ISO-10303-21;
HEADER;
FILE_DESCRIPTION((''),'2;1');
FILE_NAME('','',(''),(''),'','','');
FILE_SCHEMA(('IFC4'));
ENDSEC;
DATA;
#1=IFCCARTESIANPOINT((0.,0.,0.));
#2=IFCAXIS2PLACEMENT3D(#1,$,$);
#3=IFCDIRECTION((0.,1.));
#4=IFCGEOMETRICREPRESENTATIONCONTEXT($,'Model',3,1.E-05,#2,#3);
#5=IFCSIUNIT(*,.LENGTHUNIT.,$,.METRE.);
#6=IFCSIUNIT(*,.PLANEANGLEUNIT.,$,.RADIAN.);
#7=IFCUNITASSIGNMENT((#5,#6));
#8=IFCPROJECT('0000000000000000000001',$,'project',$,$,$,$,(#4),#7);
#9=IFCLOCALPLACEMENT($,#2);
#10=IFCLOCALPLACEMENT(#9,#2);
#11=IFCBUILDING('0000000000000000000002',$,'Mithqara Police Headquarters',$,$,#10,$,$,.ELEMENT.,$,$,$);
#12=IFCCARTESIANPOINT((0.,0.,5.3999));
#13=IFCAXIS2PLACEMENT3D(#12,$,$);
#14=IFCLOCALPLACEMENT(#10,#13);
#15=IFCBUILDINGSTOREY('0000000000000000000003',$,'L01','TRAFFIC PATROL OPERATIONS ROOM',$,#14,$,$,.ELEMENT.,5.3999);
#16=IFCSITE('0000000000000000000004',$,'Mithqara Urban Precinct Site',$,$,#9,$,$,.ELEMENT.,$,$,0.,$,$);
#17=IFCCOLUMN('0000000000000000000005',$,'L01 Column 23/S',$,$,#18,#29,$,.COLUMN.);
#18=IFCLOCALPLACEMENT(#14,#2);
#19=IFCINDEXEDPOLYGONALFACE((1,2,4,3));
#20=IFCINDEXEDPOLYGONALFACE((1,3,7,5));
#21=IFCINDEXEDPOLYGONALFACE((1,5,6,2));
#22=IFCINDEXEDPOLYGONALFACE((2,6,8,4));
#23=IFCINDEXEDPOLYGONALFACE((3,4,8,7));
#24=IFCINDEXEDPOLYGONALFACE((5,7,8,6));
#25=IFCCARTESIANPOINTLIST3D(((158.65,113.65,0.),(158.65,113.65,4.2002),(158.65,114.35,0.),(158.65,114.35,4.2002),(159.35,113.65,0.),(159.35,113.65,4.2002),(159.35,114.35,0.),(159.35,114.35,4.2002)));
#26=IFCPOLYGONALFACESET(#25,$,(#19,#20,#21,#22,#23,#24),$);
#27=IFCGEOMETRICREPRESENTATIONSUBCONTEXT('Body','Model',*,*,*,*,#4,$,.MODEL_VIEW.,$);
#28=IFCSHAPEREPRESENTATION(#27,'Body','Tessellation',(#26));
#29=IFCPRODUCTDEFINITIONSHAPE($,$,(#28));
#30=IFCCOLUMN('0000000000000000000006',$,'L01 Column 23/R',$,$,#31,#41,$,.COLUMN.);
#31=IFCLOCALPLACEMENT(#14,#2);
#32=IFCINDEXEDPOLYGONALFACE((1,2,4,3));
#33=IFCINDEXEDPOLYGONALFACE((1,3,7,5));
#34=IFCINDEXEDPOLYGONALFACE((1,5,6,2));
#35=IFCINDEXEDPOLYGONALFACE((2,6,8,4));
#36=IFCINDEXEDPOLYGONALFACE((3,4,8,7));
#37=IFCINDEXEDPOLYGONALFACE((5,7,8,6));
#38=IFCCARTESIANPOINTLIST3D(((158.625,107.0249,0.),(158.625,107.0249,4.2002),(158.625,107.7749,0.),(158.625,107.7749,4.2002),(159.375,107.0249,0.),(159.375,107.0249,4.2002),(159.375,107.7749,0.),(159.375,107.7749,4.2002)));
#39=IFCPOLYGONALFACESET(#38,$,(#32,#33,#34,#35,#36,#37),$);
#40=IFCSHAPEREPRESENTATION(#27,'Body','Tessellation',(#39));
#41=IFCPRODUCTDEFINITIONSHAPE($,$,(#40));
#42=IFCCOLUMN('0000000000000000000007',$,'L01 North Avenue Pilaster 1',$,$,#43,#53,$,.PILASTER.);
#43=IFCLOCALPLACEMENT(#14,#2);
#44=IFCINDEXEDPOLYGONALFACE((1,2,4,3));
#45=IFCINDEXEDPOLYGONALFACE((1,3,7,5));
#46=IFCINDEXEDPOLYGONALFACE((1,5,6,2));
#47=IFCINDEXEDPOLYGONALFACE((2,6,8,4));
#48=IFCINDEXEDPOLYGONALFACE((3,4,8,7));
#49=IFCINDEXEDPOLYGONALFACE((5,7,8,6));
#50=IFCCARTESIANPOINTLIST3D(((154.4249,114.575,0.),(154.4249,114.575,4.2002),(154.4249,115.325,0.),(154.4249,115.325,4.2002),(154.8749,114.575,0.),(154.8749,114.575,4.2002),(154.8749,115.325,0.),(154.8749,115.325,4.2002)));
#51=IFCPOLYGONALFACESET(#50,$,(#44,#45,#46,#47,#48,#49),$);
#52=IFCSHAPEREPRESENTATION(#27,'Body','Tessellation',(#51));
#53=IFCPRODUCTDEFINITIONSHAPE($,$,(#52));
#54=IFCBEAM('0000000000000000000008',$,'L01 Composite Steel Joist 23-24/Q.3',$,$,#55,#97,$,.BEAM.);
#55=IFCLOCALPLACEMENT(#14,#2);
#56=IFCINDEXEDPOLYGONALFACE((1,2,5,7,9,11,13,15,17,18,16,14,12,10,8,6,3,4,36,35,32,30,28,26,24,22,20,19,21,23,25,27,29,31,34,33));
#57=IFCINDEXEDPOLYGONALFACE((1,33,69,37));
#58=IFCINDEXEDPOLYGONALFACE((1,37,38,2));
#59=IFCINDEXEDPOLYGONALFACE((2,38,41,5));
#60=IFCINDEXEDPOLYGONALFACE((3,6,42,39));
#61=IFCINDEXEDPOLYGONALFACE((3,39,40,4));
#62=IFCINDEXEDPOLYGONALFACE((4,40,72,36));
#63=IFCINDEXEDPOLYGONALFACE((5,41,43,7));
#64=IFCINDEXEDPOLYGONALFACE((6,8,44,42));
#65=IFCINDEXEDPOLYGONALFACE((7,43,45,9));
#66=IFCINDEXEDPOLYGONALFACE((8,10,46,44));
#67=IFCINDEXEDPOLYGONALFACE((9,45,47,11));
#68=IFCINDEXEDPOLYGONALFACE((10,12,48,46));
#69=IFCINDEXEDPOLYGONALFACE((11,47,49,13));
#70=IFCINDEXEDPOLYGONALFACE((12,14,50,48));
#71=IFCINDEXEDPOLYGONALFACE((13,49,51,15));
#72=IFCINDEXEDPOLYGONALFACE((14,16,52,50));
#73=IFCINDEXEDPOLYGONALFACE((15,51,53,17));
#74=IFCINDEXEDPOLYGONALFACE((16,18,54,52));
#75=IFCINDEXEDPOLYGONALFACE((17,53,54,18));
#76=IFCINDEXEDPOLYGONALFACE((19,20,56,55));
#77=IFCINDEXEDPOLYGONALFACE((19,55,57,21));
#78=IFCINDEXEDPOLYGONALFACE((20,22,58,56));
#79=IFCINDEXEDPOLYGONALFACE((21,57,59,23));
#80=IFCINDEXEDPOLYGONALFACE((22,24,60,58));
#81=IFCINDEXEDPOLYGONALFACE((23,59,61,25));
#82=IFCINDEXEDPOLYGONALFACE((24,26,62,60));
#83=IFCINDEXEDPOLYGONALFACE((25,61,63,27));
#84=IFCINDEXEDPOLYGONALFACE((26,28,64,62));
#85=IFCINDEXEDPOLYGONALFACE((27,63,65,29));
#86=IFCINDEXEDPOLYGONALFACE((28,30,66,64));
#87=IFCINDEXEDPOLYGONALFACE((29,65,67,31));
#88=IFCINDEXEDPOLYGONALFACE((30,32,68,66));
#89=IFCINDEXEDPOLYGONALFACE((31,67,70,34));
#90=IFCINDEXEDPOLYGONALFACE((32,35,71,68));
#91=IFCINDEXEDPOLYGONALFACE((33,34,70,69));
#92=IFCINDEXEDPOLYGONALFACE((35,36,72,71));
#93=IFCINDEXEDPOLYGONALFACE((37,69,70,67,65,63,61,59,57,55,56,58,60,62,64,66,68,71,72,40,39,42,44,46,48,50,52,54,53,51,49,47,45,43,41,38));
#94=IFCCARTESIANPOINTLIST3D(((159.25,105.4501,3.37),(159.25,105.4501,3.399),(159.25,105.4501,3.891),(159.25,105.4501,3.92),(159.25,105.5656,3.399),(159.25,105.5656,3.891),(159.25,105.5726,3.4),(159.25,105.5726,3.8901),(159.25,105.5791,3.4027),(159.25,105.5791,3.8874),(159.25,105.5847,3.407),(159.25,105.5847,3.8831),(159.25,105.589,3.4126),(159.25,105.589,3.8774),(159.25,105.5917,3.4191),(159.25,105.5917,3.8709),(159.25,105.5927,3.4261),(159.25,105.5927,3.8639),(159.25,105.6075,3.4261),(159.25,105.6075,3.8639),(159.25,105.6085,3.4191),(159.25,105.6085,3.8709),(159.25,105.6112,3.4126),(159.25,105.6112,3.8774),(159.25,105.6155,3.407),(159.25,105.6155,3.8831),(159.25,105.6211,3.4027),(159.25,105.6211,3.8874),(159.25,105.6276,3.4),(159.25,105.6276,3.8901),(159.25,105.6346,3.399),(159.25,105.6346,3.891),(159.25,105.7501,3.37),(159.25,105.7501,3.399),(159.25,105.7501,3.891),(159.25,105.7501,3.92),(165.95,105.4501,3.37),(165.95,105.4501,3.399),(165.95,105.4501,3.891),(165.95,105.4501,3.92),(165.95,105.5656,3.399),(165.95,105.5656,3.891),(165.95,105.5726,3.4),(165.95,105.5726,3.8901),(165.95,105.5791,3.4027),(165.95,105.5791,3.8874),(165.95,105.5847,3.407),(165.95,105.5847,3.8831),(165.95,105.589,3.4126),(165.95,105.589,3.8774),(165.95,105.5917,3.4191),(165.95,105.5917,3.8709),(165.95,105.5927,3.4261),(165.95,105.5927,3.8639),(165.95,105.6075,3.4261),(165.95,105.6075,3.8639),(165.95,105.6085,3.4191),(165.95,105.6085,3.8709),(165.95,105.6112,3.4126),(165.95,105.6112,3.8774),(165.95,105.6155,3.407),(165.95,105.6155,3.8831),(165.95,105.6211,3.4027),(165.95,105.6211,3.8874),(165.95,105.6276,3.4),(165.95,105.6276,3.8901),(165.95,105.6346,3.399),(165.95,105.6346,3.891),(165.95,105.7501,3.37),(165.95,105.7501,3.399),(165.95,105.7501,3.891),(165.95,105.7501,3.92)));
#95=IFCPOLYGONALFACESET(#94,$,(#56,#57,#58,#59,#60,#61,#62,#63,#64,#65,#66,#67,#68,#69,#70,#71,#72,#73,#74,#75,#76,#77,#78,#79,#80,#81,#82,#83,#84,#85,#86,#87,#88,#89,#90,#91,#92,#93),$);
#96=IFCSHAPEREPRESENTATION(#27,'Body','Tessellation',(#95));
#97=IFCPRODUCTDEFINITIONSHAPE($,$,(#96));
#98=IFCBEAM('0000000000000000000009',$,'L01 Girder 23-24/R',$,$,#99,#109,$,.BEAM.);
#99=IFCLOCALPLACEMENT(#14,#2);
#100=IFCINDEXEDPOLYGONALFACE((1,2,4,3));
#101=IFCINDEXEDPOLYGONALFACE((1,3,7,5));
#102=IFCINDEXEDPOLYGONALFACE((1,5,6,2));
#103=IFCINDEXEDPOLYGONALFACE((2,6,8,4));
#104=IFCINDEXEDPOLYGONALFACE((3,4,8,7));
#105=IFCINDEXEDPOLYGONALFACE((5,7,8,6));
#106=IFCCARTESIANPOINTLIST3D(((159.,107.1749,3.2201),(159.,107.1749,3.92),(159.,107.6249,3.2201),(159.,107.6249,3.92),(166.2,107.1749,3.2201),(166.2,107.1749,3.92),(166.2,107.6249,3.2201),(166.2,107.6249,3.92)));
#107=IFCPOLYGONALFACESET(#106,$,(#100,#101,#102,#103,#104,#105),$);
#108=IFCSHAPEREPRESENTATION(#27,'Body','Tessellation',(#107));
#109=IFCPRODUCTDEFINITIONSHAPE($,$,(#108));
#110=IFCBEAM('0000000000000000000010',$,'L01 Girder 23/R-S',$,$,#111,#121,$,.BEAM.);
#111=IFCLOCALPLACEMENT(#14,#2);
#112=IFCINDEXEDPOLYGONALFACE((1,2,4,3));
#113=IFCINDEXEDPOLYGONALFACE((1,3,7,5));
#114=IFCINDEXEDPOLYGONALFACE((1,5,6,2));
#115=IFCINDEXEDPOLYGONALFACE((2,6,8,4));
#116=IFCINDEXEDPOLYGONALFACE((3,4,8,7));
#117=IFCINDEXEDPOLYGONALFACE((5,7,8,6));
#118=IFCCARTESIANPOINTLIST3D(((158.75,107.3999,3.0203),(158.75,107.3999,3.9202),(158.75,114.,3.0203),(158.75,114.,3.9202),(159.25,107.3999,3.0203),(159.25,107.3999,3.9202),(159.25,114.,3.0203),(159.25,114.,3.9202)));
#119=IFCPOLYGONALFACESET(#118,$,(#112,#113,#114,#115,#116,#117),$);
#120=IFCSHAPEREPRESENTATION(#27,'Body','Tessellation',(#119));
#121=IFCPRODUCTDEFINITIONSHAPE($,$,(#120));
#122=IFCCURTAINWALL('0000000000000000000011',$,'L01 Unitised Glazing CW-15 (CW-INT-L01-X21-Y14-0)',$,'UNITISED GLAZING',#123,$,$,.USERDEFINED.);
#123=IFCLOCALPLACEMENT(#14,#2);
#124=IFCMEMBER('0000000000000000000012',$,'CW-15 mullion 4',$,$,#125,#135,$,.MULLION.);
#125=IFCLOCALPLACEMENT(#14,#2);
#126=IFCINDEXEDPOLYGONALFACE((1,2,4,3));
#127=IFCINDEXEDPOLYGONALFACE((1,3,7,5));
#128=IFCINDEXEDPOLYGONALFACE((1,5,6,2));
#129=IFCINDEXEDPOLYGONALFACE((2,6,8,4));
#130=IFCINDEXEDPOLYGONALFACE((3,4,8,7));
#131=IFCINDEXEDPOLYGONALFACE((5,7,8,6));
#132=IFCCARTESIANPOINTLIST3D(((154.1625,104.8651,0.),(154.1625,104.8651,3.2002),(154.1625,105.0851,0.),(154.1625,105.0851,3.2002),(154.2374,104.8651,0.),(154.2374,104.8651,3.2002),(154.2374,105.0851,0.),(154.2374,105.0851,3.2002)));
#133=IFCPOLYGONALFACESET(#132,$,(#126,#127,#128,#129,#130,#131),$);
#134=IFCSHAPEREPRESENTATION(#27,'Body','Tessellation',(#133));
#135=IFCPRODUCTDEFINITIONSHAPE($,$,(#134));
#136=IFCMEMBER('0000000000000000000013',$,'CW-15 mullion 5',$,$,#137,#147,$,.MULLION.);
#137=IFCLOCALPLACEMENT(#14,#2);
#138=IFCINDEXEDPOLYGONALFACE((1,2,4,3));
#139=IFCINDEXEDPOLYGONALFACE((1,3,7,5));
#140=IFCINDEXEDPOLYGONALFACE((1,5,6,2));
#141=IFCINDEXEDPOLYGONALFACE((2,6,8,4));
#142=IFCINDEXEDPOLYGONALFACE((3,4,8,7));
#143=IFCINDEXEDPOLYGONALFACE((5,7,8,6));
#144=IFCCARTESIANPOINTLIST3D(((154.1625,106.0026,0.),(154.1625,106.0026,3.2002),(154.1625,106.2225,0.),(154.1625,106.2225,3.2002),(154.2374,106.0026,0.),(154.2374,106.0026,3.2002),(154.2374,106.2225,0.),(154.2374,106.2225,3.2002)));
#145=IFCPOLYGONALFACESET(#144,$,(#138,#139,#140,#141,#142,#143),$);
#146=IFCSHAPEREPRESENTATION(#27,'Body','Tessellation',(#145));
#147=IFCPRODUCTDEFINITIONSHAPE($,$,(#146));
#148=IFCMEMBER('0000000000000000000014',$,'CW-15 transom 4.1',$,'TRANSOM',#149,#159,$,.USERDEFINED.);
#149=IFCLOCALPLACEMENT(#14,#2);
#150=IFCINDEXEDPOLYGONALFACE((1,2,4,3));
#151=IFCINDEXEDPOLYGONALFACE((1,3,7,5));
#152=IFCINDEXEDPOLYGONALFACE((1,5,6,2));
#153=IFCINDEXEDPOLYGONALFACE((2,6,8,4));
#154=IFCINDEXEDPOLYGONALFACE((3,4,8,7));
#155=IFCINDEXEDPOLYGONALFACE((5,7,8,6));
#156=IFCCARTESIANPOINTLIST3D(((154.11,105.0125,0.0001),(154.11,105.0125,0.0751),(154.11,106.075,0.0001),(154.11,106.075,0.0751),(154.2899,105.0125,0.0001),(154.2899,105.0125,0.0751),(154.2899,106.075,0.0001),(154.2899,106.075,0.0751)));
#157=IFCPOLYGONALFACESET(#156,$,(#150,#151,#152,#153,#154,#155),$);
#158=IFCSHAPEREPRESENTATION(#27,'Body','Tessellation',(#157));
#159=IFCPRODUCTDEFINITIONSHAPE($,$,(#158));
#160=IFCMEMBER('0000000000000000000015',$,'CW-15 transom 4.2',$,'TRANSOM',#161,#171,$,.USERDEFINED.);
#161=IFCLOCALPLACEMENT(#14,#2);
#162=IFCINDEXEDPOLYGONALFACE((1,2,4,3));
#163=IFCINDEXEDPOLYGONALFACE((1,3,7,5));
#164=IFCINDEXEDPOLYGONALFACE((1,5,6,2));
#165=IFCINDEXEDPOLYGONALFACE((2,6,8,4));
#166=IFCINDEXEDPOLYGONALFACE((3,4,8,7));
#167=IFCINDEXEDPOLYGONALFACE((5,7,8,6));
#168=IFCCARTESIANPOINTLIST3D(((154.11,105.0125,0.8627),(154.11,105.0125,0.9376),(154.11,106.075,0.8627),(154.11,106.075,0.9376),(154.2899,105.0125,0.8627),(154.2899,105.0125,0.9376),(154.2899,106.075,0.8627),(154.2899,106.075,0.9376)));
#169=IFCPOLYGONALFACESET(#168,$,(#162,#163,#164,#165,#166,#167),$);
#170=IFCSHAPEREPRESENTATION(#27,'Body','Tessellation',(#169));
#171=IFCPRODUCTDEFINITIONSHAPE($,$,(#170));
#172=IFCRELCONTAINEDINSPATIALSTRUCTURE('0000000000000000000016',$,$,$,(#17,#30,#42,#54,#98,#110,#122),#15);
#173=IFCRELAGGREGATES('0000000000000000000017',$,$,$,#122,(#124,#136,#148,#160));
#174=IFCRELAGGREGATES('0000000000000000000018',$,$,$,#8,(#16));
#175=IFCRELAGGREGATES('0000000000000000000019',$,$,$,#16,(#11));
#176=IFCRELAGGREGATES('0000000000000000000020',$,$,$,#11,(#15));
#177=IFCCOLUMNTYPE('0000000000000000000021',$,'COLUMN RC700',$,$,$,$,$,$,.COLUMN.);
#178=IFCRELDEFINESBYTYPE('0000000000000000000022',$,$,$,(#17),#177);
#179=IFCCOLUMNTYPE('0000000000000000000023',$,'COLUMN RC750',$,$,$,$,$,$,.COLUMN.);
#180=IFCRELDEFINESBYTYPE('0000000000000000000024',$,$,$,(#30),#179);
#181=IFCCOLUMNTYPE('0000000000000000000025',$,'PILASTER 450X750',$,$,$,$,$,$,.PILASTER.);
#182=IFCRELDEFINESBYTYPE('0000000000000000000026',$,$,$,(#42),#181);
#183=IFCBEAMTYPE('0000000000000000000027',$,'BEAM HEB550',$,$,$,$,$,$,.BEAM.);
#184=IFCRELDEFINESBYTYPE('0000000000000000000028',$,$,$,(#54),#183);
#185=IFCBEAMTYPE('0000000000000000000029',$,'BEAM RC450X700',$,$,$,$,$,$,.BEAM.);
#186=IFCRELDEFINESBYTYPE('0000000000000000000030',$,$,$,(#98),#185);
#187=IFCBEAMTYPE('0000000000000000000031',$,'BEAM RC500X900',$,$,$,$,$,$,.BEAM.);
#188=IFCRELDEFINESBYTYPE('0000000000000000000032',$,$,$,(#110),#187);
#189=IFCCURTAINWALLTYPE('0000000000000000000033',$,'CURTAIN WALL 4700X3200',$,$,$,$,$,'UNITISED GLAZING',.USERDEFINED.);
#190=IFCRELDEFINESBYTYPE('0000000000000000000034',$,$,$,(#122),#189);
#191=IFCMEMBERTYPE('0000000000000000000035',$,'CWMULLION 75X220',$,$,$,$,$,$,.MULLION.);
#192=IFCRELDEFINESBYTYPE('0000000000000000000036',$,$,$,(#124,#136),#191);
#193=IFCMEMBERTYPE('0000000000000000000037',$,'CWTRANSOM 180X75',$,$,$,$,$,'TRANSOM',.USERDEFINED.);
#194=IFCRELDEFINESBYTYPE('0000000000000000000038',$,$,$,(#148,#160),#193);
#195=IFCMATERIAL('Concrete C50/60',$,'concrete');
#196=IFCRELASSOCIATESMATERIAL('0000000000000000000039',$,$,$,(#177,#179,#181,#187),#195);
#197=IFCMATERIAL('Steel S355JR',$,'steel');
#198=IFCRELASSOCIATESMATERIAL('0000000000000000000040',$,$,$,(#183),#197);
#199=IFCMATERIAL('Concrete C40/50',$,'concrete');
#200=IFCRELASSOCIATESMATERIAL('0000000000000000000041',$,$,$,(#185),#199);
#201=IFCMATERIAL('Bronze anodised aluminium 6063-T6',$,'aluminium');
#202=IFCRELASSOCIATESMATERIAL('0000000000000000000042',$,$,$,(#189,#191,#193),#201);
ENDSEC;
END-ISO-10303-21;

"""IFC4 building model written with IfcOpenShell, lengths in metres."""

from ifc_helpers import new_model, si_unit, direction, frame, origin, origin_2d, place, context, subcontext, project, spatial, rectangle, i_section, extrude, material, material_profile, profile_set, type_object, element, aggregate, save


model = new_model("IFC4")

# Units and contexts
model_context = context("Model", 3, precision=1e-05, world=origin(), true_north=direction((0.0, 1.0)))
body_context = subcontext(model_context, "Body", "Model", "MODEL_VIEW")
ifc_project = project(units=[si_unit("LENGTHUNIT", "METRE"), si_unit("PLANEANGLEUNIT", "RADIAN")], contexts=[model_context])

# Site, building, storey
site_placement = place(None, origin())
site = spatial("IfcSite", under=ifc_project, at=site_placement, Name="Mithqara Urban Precinct Site", CompositionType="ELEMENT", RefElevation=0.0)
building_placement = place(site_placement, origin())
building = spatial("IfcBuilding", under=site, at=building_placement, Name="Mithqara Police Headquarters", CompositionType="ELEMENT")
storey_placement = place(building_placement, frame((0.0, 0.0, 5.3999)))
storey = spatial("IfcBuildingStorey", under=building, at=storey_placement, Name="L01", Description="TRAFFIC PATROL OPERATIONS ROOM", CompositionType="ELEMENT", Elevation=5.3999)

# Columns
ifc_material_1 = material(Name="Concrete C50/60", Category="concrete")
ifc_material_profile_1 = material_profile(ifc_material_1, rectangle(XDim=0.7, YDim=0.7, at=origin_2d()), Name="RC 700x700")
ifc_profile_set_1 = profile_set([ifc_material_profile_1], Name="Concrete C50/60")
column_type_1 = type_object("IfcColumnType", Name="COLUMN RC700", PredefinedType="COLUMN", material=ifc_profile_set_1)
column_1_placement = place(storey_placement, frame((159.0, 114.0, 0.0), z_axis=(0.0, 0.0, 1.0), x_axis=(1.0, 0.0, 0.0)))
element("IfcColumn", 1, at=column_1_placement, inside=storey, type_object=column_type_1, Name="L01 Column 23/S", PredefinedType="COLUMN", context=body_context, shape_type="SweptSolid", body=[
    extrude(rectangle(XDim=0.7, YDim=0.7, at=origin_2d()), origin(), (0.0, 0.0, 1.0), 4.2002),
])
ifc_material_profile_2 = material_profile(ifc_material_1, rectangle(XDim=0.75, YDim=0.75, at=origin_2d()), Name="RC 750x750")
ifc_profile_set_2 = profile_set([ifc_material_profile_2], Name="Concrete C50/60")
column_type_2 = type_object("IfcColumnType", Name="COLUMN RC750", PredefinedType="COLUMN", material=ifc_profile_set_2)
column_2_placement = place(storey_placement, frame((159.0, 107.3999, 0.0), z_axis=(0.0, 0.0, 1.0), x_axis=(1.0, 0.0, 0.0)))
element("IfcColumn", 2, at=column_2_placement, inside=storey, type_object=column_type_2, Name="L01 Column 23/R", PredefinedType="COLUMN", context=body_context, shape_type="SweptSolid", body=[
    extrude(rectangle(XDim=0.75, YDim=0.75, at=origin_2d()), origin(), (0.0, 0.0, 1.0), 4.2002),
])
ifc_material_profile_3 = material_profile(ifc_material_1, rectangle(XDim=0.45, YDim=0.75, at=origin_2d()), Name="PIL 450x750")
ifc_profile_set_3 = profile_set([ifc_material_profile_3], Name="Concrete C50/60")
column_type_3 = type_object("IfcColumnType", Name="PILASTER 450X750", PredefinedType="PILASTER", material=ifc_profile_set_3)
column_3_placement = place(storey_placement, frame((154.6499, 114.95, 0.0), z_axis=(0.0, 0.0, 1.0), x_axis=(1.0, 0.0, 0.0)))
element("IfcColumn", 3, at=column_3_placement, inside=storey, type_object=column_type_3, Name="L01 North Avenue Pilaster 1", PredefinedType="PILASTER", context=body_context, shape_type="SweptSolid", body=[
    extrude(rectangle(XDim=0.45, YDim=0.75, at=origin_2d()), origin(), (0.0, 0.0, 1.0), 4.2002),
])

# Beams
ifc_material_2 = material(Name="Steel S355JR", Category="steel")
ifc_material_profile_4 = material_profile(ifc_material_2, i_section(OverallWidth=0.3, OverallDepth=0.55, WebThickness=0.0149, FlangeThickness=0.0291, FilletRadius=0.0271, at=origin_2d()), Name="HEB 550")
ifc_profile_set_4 = profile_set([ifc_material_profile_4], Name="Steel S355JR")
beam_type_1 = type_object("IfcBeamType", Name="BEAM HEB550", PredefinedType="BEAM", material=ifc_profile_set_4)
beam_1_placement = place(storey_placement, frame((159.25, 105.6001, 3.645), z_axis=(1.0, 0.0, 0.0), x_axis=(0.0, 1.0, 0.0)))
element("IfcBeam", 4, at=beam_1_placement, inside=storey, type_object=beam_type_1, Name="L01 Composite Steel Joist 23-24/Q.3", PredefinedType="BEAM", context=body_context, shape_type="SweptSolid", body=[
    extrude(i_section(OverallWidth=0.3, OverallDepth=0.55, WebThickness=0.0149, FlangeThickness=0.0291, FilletRadius=0.0271, at=origin_2d()), origin(), (0.0, 0.0, 1.0), 6.7),
])
ifc_material_3 = material(Name="Concrete C40/50", Category="concrete")
ifc_material_profile_5 = material_profile(ifc_material_3, rectangle(XDim=0.45, YDim=0.7, at=origin_2d()), Name="RC 450x700")
ifc_profile_set_5 = profile_set([ifc_material_profile_5], Name="Concrete C40/50")
beam_type_2 = type_object("IfcBeamType", Name="BEAM RC450X700", PredefinedType="BEAM", material=ifc_profile_set_5)
beam_2_placement = place(storey_placement, frame((159.0, 107.3999, 3.5701), z_axis=(1.0, 0.0, 0.0), x_axis=(0.0, 1.0, 0.0)))
element("IfcBeam", 5, at=beam_2_placement, inside=storey, type_object=beam_type_2, Name="L01 Girder 23-24/R", PredefinedType="BEAM", context=body_context, shape_type="SweptSolid", body=[
    extrude(rectangle(XDim=0.45, YDim=0.7, at=origin_2d()), origin(), (0.0, 0.0, 1.0), 7.2),
])
ifc_material_profile_6 = material_profile(ifc_material_1, rectangle(XDim=0.5, YDim=0.8999, at=origin_2d()), Name="RC 500x900")
ifc_profile_set_6 = profile_set([ifc_material_profile_6], Name="Concrete C50/60")
beam_type_3 = type_object("IfcBeamType", Name="BEAM RC500X900", PredefinedType="BEAM", material=ifc_profile_set_6)
beam_3_placement = place(storey_placement, frame((159.0, 107.3999, 3.4702), z_axis=(0.0, 1.0, 0.0), x_axis=(-1.0, 0.0, 0.0)))
element("IfcBeam", 6, at=beam_3_placement, inside=storey, type_object=beam_type_3, Name="L01 Girder 23/R-S", PredefinedType="BEAM", context=body_context, shape_type="SweptSolid", body=[
    extrude(rectangle(XDim=0.5, YDim=0.8999, at=origin_2d()), origin(), (0.0, 0.0, 1.0), 6.6001),
])

# Curtain wall, members
ifc_material_4 = material(Name="Bronze anodised aluminium 6063-T6", Category="aluminium")
curtain_wall_type = type_object("IfcCurtainWallType", Name="CURTAIN WALL 4700X3200", ElementType="UNITISED GLAZING", PredefinedType="USERDEFINED", material=ifc_material_4)
curtain_wall_placement = place(storey_placement, origin())
curtain_wall = element("IfcCurtainWall", 7, at=curtain_wall_placement, inside=storey, type_object=curtain_wall_type, Name="L01 Unitised Glazing CW-15 (CW-INT-L01-X21-Y14-0)", ObjectType="UNITISED GLAZING", PredefinedType="USERDEFINED")
ifc_material_profile_7 = material_profile(ifc_material_4, rectangle(XDim=0.075, YDim=0.22, at=origin_2d()), Name="CWM 75x220")
ifc_profile_set_7 = profile_set([ifc_material_profile_7], Name="Bronze anodised aluminium 6063-T6")
member_type_1 = type_object("IfcMemberType", Name="CWMULLION 75X220", PredefinedType="MULLION", material=ifc_profile_set_7)
member_1_placement = place(storey_placement, frame((154.2, 104.9751, 0.0), z_axis=(0.0, 0.0, 1.0), x_axis=(-1.0, 0.0, 0.0)))
member_1 = element("IfcMember", 8, at=member_1_placement, type_object=member_type_1, Name="CW-15 mullion 4", PredefinedType="MULLION", context=body_context, shape_type="SweptSolid", body=[
    extrude(rectangle(XDim=0.075, YDim=0.22, at=origin_2d()), origin(), (0.0, 0.0, 1.0), 3.2002),
])
member_2_placement = place(storey_placement, frame((154.2, 106.1125, 0.0), z_axis=(0.0, 0.0, 1.0), x_axis=(-1.0, 0.0, 0.0)))
member_2 = element("IfcMember", 9, at=member_2_placement, type_object=member_type_1, Name="CW-15 mullion 5", PredefinedType="MULLION", context=body_context, shape_type="SweptSolid", body=[
    extrude(rectangle(XDim=0.075, YDim=0.22, at=origin_2d()), origin(), (0.0, 0.0, 1.0), 3.2002),
])
ifc_material_profile_8 = material_profile(ifc_material_4, rectangle(XDim=0.1799, YDim=0.075, at=origin_2d()), Name="CWT 180x75")
ifc_profile_set_8 = profile_set([ifc_material_profile_8], Name="Bronze anodised aluminium 6063-T6")
member_type_2 = type_object("IfcMemberType", Name="CWTRANSOM 180X75", ElementType="TRANSOM", PredefinedType="USERDEFINED", material=ifc_profile_set_8)
member_3_placement = place(storey_placement, frame((154.2, 105.0125, 0.0376), z_axis=(0.0, 1.0, 0.0), x_axis=(-1.0, 0.0, 0.0)))
member_3 = element("IfcMember", 10, at=member_3_placement, type_object=member_type_2, Name="CW-15 transom 4.1", ObjectType="TRANSOM", PredefinedType="USERDEFINED", context=body_context, shape_type="SweptSolid", body=[
    extrude(rectangle(XDim=0.1799, YDim=0.075, at=origin_2d()), origin(), (0.0, 0.0, 1.0), 1.0625),
])
member_4_placement = place(storey_placement, frame((154.2, 105.0125, 0.9001), z_axis=(0.0, 1.0, 0.0), x_axis=(-1.0, 0.0, 0.0)))
member_4 = element("IfcMember", 11, at=member_4_placement, type_object=member_type_2, Name="CW-15 transom 4.2", ObjectType="TRANSOM", PredefinedType="USERDEFINED", context=body_context, shape_type="SweptSolid", body=[
    extrude(rectangle(XDim=0.1799, YDim=0.075, at=origin_2d()), origin(), (0.0, 0.0, 1.0), 1.0625),
])

aggregate(curtain_wall, [member_1, member_2, member_3, member_4])

save(model, "model.ifc")
